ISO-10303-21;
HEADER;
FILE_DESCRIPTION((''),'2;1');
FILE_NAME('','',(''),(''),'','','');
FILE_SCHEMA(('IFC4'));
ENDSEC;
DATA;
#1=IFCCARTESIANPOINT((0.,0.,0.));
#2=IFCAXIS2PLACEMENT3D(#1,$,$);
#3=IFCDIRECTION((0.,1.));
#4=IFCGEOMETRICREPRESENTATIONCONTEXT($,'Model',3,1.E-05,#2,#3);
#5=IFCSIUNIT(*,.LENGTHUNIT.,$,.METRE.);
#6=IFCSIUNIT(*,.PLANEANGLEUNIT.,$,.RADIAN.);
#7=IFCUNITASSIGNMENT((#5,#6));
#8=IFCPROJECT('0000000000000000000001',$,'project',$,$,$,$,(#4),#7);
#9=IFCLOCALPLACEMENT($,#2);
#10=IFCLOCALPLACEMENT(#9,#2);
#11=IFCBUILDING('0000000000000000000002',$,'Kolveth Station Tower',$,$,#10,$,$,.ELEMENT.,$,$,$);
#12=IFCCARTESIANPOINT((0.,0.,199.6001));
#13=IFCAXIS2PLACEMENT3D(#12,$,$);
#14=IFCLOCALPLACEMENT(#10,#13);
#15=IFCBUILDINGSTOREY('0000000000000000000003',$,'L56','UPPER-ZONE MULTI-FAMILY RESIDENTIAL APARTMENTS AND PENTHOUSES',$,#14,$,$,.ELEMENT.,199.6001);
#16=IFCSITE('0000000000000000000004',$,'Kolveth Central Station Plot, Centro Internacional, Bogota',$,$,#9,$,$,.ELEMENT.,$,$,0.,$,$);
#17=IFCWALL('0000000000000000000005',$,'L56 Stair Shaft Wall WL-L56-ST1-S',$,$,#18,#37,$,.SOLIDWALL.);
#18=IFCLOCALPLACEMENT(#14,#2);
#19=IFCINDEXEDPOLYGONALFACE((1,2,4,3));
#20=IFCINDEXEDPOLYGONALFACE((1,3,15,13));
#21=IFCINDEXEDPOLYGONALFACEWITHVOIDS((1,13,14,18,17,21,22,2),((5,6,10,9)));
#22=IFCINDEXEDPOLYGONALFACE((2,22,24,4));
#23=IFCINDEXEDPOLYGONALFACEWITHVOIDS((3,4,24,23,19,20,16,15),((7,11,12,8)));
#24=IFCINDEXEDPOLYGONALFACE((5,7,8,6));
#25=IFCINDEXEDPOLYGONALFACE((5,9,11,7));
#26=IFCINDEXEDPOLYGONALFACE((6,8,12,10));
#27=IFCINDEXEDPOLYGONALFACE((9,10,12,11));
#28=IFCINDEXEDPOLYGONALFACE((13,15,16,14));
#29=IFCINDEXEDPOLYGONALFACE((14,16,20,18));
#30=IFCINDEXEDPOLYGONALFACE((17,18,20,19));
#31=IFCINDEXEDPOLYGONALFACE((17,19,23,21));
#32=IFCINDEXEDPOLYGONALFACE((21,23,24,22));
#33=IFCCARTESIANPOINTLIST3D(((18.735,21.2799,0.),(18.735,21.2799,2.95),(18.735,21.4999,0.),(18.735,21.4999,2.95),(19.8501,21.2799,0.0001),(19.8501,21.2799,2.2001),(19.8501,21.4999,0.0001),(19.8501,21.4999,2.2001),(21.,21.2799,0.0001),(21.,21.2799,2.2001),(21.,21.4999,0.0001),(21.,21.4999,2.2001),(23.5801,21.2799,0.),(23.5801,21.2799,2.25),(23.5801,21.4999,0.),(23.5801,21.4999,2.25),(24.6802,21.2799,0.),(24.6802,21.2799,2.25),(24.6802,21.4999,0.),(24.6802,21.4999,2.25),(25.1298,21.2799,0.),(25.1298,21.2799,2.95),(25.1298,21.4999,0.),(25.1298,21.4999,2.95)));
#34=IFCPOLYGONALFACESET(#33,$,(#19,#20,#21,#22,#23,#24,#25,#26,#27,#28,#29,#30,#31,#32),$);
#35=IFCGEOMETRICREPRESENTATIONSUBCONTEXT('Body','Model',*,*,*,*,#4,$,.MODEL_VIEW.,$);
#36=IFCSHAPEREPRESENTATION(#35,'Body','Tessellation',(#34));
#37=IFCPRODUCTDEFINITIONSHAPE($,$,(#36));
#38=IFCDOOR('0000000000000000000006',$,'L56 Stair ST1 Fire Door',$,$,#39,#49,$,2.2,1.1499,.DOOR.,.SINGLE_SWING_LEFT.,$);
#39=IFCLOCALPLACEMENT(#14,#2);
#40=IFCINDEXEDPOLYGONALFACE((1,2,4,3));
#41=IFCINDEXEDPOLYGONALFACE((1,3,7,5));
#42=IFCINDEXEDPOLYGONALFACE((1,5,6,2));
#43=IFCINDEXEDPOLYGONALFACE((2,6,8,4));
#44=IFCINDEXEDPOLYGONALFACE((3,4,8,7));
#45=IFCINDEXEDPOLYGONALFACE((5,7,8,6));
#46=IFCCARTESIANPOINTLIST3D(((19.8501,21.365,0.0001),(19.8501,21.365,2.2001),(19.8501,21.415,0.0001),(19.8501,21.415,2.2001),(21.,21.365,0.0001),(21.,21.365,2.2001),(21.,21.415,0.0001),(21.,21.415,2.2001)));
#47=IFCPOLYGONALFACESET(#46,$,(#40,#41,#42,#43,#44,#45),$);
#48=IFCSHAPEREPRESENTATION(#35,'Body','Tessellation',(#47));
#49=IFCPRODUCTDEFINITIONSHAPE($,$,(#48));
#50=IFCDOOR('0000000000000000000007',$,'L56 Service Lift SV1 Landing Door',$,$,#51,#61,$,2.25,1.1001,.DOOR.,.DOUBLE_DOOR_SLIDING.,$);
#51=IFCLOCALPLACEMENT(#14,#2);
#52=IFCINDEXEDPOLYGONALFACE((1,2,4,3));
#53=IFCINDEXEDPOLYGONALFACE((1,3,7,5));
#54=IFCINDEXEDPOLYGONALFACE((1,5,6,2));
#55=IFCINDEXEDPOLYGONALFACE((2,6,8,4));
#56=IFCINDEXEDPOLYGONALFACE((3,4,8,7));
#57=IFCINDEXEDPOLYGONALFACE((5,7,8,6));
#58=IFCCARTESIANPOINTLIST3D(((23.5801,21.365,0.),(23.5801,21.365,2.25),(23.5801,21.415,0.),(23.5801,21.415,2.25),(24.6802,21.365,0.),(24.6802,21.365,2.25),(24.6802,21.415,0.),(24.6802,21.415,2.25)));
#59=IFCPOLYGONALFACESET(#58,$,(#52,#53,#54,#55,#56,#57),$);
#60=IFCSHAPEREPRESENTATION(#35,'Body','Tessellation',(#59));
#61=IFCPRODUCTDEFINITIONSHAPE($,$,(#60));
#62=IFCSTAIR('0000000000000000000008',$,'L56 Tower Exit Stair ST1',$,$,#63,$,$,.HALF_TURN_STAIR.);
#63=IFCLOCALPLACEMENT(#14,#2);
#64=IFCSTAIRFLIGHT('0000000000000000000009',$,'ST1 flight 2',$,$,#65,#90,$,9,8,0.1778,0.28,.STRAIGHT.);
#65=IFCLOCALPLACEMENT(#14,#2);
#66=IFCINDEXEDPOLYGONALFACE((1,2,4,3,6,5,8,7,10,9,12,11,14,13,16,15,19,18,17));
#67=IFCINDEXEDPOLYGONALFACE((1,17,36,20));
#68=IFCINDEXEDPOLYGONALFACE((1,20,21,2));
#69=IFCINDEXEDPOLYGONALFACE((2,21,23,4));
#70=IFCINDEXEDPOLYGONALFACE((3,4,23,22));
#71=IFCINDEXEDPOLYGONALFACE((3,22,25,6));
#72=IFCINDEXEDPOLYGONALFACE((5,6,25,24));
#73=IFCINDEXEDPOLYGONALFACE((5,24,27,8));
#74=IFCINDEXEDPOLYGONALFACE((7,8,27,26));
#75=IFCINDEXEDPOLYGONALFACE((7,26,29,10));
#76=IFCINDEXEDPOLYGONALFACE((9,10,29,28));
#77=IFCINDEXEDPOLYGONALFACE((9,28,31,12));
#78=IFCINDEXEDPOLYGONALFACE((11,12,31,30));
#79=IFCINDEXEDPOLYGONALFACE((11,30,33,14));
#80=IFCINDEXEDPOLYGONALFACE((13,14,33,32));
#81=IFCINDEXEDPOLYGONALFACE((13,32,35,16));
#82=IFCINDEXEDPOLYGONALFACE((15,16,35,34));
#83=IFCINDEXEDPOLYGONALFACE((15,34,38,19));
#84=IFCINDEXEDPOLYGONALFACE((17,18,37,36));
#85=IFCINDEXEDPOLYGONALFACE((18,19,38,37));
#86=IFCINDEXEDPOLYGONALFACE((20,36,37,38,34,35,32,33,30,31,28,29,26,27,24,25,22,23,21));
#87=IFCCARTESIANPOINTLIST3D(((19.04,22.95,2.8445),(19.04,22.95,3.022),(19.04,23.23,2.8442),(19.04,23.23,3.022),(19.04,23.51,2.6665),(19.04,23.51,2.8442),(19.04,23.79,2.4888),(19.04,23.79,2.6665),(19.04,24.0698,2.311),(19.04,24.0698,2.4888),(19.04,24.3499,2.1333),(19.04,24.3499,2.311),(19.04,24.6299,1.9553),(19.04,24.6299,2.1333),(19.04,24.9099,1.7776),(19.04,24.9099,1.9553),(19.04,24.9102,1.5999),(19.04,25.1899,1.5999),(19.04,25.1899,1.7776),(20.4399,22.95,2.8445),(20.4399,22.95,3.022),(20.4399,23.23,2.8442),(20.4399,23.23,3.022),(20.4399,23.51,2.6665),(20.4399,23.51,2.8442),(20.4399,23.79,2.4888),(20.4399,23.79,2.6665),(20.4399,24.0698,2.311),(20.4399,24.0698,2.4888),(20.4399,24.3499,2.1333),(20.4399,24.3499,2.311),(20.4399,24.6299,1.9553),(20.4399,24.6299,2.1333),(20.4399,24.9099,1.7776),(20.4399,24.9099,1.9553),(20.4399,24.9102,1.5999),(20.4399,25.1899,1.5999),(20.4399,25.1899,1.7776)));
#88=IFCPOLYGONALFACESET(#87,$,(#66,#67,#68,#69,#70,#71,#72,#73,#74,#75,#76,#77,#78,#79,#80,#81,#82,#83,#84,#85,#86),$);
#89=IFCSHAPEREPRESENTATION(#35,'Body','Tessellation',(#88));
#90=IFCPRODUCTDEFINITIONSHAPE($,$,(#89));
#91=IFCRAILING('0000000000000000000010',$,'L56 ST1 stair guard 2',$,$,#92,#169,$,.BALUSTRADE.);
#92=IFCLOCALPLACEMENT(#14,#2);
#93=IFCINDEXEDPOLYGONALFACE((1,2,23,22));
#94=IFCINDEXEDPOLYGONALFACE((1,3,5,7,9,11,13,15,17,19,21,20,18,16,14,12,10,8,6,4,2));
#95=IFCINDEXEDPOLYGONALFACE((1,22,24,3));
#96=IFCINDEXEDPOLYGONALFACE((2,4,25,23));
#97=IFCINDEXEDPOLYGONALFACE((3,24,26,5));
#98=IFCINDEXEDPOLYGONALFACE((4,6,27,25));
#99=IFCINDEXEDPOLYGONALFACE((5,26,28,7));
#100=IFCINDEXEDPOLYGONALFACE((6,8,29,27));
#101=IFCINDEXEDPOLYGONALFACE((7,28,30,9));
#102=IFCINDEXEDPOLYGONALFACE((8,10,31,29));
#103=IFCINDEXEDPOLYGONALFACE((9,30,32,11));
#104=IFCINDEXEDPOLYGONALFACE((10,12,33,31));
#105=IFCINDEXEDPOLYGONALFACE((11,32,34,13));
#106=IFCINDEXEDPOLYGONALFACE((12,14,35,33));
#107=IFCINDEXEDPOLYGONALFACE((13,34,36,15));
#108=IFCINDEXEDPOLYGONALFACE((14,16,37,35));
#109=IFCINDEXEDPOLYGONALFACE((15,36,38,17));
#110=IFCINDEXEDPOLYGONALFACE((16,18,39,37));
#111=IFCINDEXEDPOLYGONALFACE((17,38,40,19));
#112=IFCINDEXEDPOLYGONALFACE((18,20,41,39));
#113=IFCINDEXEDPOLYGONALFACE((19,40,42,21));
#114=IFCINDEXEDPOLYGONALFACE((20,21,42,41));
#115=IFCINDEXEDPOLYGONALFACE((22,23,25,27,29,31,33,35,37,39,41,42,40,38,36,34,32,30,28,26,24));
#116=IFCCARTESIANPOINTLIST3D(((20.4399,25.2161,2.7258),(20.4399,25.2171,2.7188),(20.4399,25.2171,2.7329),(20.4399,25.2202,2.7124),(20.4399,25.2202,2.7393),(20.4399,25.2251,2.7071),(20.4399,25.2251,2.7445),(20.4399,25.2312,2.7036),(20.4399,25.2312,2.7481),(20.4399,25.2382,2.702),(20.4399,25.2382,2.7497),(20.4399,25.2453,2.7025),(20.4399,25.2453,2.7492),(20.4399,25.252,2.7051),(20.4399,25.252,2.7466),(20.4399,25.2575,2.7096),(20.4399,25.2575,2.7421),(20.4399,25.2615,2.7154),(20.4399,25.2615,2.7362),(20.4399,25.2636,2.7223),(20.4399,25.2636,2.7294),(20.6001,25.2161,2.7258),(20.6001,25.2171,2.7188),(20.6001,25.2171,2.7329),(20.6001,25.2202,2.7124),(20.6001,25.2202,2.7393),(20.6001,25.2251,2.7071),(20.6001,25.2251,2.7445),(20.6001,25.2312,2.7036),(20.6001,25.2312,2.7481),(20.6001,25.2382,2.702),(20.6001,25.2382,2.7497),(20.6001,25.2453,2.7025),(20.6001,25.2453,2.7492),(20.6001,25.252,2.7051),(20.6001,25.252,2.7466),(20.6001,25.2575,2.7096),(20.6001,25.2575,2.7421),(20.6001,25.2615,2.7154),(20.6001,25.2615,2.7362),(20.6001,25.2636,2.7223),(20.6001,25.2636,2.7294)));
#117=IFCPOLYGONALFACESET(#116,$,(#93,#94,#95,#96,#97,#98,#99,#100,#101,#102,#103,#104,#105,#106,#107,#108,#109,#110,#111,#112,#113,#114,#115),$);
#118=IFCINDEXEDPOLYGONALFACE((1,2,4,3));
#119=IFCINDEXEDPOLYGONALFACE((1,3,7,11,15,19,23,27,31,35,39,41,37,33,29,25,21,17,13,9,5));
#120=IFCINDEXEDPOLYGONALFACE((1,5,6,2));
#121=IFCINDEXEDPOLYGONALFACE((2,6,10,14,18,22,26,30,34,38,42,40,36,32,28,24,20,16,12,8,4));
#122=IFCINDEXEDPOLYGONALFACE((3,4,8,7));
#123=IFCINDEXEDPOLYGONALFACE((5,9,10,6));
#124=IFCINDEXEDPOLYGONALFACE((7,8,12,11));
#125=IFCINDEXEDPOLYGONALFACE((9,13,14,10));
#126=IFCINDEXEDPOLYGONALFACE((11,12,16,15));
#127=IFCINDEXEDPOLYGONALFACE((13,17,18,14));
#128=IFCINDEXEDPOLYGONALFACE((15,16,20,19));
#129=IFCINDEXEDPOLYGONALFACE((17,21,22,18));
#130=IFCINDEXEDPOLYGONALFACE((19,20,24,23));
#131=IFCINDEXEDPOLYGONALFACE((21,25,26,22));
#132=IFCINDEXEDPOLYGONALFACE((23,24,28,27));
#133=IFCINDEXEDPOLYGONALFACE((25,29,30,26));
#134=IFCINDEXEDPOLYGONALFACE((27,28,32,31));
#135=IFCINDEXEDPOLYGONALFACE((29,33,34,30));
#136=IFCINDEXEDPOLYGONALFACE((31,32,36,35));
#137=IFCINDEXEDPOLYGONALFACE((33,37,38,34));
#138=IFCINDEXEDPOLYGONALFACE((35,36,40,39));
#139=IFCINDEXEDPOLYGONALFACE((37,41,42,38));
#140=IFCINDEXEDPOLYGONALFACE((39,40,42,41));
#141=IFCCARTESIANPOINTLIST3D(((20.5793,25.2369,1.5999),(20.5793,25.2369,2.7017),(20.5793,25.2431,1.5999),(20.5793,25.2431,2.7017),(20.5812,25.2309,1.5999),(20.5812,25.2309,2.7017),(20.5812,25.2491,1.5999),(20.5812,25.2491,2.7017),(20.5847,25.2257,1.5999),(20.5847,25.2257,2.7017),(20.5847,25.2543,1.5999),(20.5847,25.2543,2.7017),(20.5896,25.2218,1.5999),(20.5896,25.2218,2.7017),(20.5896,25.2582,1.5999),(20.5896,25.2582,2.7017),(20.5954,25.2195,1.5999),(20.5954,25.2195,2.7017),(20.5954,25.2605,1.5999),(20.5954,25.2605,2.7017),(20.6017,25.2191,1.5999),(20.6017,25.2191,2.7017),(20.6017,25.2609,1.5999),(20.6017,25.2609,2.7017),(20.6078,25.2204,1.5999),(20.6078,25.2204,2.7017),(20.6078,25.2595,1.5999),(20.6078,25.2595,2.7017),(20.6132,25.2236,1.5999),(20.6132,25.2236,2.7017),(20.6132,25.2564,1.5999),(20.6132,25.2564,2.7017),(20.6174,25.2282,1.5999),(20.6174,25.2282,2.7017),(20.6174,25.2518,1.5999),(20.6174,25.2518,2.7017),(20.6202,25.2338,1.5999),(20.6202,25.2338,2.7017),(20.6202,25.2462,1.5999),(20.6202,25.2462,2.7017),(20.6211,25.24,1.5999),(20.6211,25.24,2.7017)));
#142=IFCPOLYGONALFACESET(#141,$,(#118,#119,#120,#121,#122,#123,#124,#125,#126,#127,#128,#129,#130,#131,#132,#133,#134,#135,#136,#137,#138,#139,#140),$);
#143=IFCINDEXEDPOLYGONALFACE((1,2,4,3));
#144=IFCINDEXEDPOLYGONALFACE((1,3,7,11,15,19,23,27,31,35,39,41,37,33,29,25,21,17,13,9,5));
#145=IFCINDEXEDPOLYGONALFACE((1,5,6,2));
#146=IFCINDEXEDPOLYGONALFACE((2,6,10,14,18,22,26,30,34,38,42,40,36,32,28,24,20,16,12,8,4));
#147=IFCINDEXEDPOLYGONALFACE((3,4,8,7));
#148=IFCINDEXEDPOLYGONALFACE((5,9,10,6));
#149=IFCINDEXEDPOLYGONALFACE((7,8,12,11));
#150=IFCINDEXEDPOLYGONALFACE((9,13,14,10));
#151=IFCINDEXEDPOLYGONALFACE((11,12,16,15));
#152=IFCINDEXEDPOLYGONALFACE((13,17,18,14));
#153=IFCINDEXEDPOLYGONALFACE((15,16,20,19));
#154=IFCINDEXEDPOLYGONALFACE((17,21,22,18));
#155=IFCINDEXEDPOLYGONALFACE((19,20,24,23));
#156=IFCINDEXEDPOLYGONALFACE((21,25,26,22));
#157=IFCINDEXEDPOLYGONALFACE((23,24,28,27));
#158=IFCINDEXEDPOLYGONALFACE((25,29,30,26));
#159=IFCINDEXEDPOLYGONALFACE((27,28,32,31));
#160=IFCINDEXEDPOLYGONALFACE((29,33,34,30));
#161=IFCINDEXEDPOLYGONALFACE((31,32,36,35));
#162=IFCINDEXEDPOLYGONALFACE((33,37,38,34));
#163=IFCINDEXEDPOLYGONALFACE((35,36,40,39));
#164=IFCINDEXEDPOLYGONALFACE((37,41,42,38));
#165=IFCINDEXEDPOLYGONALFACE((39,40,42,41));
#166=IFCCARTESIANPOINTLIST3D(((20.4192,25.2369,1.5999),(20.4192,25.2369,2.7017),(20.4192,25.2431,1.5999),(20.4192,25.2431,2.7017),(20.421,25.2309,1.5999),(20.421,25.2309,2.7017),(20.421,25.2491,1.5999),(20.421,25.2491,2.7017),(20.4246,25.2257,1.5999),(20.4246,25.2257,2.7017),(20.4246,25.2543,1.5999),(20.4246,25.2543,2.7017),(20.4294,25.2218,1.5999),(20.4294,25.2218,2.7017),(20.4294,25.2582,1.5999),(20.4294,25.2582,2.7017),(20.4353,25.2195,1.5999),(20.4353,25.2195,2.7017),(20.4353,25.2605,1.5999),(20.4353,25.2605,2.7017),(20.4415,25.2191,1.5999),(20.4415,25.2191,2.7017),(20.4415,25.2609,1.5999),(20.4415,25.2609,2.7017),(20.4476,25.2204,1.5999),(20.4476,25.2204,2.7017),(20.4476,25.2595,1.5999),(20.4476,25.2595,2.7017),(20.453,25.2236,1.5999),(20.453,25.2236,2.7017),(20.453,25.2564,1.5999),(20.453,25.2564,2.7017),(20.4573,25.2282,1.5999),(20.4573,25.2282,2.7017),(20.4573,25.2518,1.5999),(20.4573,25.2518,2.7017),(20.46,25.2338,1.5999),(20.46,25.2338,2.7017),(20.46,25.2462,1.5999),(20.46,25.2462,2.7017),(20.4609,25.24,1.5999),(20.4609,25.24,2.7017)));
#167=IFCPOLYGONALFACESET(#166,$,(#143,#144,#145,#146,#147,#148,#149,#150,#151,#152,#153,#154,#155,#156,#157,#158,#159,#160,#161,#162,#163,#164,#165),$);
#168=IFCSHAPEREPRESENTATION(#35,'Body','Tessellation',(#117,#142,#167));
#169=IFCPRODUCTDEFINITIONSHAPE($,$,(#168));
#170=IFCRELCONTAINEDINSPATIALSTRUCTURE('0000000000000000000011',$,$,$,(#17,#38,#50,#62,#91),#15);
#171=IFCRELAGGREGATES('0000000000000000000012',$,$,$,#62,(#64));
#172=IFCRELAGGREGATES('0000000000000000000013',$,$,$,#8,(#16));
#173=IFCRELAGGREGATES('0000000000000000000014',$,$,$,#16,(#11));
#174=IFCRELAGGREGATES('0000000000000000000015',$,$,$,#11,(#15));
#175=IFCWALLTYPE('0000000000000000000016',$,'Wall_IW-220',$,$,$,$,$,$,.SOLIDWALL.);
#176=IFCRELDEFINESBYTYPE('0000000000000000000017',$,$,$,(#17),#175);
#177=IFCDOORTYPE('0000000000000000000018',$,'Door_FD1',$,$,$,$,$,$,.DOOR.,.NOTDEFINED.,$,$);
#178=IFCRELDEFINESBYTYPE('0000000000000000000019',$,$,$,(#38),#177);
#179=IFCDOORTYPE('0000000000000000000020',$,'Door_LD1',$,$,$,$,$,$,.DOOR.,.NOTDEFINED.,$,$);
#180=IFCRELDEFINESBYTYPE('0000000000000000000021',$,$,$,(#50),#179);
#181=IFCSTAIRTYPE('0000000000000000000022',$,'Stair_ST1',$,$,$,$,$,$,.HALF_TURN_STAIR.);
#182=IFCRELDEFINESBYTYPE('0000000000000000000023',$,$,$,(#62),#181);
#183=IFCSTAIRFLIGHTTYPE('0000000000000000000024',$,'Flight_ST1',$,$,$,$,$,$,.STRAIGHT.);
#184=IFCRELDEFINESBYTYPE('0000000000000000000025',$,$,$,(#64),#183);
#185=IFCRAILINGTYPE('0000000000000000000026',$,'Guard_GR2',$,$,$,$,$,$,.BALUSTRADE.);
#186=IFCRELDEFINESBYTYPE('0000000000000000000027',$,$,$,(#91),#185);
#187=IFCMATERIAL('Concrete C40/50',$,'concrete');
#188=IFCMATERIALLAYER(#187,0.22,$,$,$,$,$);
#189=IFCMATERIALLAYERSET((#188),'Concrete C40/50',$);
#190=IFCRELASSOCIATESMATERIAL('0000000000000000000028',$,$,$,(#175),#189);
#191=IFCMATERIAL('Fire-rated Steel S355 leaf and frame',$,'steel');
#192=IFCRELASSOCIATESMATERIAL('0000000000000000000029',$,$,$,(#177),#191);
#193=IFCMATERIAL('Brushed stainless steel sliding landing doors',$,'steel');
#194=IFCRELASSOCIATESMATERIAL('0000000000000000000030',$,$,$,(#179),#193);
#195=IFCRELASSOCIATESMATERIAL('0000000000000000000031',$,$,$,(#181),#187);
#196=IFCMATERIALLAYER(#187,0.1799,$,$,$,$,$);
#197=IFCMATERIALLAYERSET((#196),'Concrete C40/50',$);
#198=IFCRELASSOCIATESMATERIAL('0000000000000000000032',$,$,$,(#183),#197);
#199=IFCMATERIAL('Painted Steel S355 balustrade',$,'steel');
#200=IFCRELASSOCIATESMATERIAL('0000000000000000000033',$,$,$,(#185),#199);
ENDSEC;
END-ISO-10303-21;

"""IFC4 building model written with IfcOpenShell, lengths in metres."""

from ifc_helpers import new_model, si_unit, direction, frame, frame_2d, origin, origin_2d, place, context, subcontext, project, spatial, polyline, rectangle, circle, outline, extrude, material, layer, layer_set, type_object, element, fill, aggregate, save


model = new_model("IFC4")

# Units and contexts
model_context = context("Model", 3, precision=1e-05, world=origin(), true_north=direction((0.0, 1.0)))
body_context = subcontext(model_context, "Body", "Model", "MODEL_VIEW")
ifc_project = project(units=[si_unit("LENGTHUNIT", "METRE"), si_unit("PLANEANGLEUNIT", "RADIAN")], contexts=[model_context])

# Site, building, storey
site_placement = place(None, origin())
site = spatial("IfcSite", under=ifc_project, at=site_placement, Name="Kolveth Central Station Plot, Centro Internacional, Bogota", CompositionType="ELEMENT", RefElevation=0.0)
building_placement = place(site_placement, origin())
building = spatial("IfcBuilding", under=site, at=building_placement, Name="Kolveth Station Tower", CompositionType="ELEMENT")
storey_placement = place(building_placement, frame((0.0, 0.0, 199.6001)))
storey = spatial("IfcBuildingStorey", under=building, at=storey_placement, Name="L56", Description="UPPER-ZONE MULTI-FAMILY RESIDENTIAL APARTMENTS AND PENTHOUSES", CompositionType="ELEMENT", Elevation=199.6001)

# Shared definitions
ifc_material_1 = material(Name="Concrete C40/50", Category="concrete")
ifc_layer_1 = layer(ifc_material_1, 0.22)
ifc_layer_set_1 = layer_set([ifc_layer_1], Name="Concrete C40/50")
wall_type_1 = type_object("IfcWallType", Name="Wall_IW-220", PredefinedType="SOLIDWALL", material=ifc_layer_set_1)

# Wall, openings, doors
wall_1_placement = place(storey_placement, frame((18.7351, 21.3899, 0.0), z_axis=(0.0, 0.0, 1.0), x_axis=(1.0, 0.0, 0.0)))
wall_1 = element("IfcWall", 1, at=wall_1_placement, inside=storey, type_object=wall_type_1, Name="L56 Stair Shaft Wall WL-L56-ST1-S", PredefinedType="SOLIDWALL", context=body_context, shape_type="SweptSolid", body=[
    extrude(rectangle(XDim=6.3948, YDim=0.22, at=frame_2d((3.1973, 0.0))), origin(), (0.0, 0.0, 1.0), 2.95),
])
opening_1_placement = place(wall_1_placement, frame((1.115, 0.0, 0.0)))
opening_1 = element("IfcOpeningElement", 2, at=opening_1_placement, cuts=wall_1, PredefinedType="OPENING", context=body_context, shape_type="SweptSolid", body=[
    extrude(rectangle(XDim=1.1499, YDim=2.2, at=frame_2d((0.575, 1.1001))), frame((0.0, 0.1199, 0.0), z_axis=(0.0, -1.0, 0.0), x_axis=(1.0, 0.0, 0.0)), (0.0, 0.0, 1.0), 0.24),
])
opening_2_placement = place(wall_1_placement, frame((4.845, 0.0, 0.0)))
opening_2 = element("IfcOpeningElement", 3, at=opening_2_placement, cuts=wall_1, PredefinedType="OPENING", context=body_context, shape_type="SweptSolid", body=[
    extrude(rectangle(XDim=1.1001, YDim=2.25, at=frame_2d((0.55, 1.125))), frame((0.0, 0.1199, 0.0), z_axis=(0.0, -1.0, 0.0), x_axis=(1.0, 0.0, 0.0)), (0.0, 0.0, 1.0), 0.24),
])
ifc_material_2 = material(Name="Fire-rated Steel S355 leaf and frame", Category="steel")
door_type_1 = type_object("IfcDoorType", Name="Door_FD1", OperationType="NOTDEFINED", PredefinedType="DOOR", material=ifc_material_2)
door_1_placement = place(opening_1_placement, frame((1.1499, 0.0, 0.0), z_axis=(0.0, 0.0, 1.0), x_axis=(-1.0, 0.0, 0.0)))
door_1 = element("IfcDoor", 4, at=door_1_placement, inside=storey, type_object=door_type_1, Name="L56 Stair ST1 Fire Door", OperationType="SINGLE_SWING_LEFT", OverallHeight=2.2, OverallWidth=1.1499, PredefinedType="DOOR", context=body_context, shape_type="SweptSolid", body=[
    extrude(rectangle(XDim=1.1499, YDim=2.2, at=frame_2d((0.575, 1.1001))), frame((0.0, 0.0249, 0.0), z_axis=(0.0, -1.0, 0.0), x_axis=(1.0, 0.0, 0.0)), (0.0, 0.0, 1.0), 0.05),
])
fill(opening_1, door_1)
ifc_material_3 = material(Name="Brushed stainless steel sliding landing doors", Category="steel")
door_type_2 = type_object("IfcDoorType", Name="Door_LD1", OperationType="NOTDEFINED", PredefinedType="DOOR", material=ifc_material_3)
door_2_placement = place(opening_2_placement, frame((1.1001, 0.0, 0.0), z_axis=(0.0, 0.0, 1.0), x_axis=(-1.0, 0.0, 0.0)))
door_2 = element("IfcDoor", 5, at=door_2_placement, inside=storey, type_object=door_type_2, Name="L56 Service Lift SV1 Landing Door", OperationType="DOUBLE_DOOR_SLIDING", OverallHeight=2.25, OverallWidth=1.1001, PredefinedType="DOOR", context=body_context, shape_type="SweptSolid", body=[
    extrude(rectangle(XDim=1.1001, YDim=2.25, at=frame_2d((0.55, 1.125))), frame((0.0, 0.0249, 0.0), z_axis=(0.0, -1.0, 0.0), x_axis=(1.0, 0.0, 0.0)), (0.0, 0.0, 1.0), 0.05),
])
fill(opening_2, door_2)

# Stair, stair flight
stair_type = type_object("IfcStairType", Name="Stair_ST1", PredefinedType="HALF_TURN_STAIR", material=ifc_material_1)
stair_placement = place(storey_placement, origin())
stair = element("IfcStair", 6, at=stair_placement, inside=storey, type_object=stair_type, Name="L56 Tower Exit Stair ST1", PredefinedType="HALF_TURN_STAIR")
ifc_layer_2 = layer(ifc_material_1, 0.1799)
ifc_layer_set_2 = layer_set([ifc_layer_2], Name="Concrete C40/50")
stair_flight_type = type_object("IfcStairFlightType", Name="Flight_ST1", PredefinedType="STRAIGHT", material=ifc_layer_set_2)
stair_flight_placement = place(storey_placement, frame((19.74, 25.1899, 1.5999), z_axis=(0.0, 0.0, 1.0), x_axis=(0.0, -1.0, 0.0)))
stair_flight = element("IfcStairFlight", 7, at=stair_flight_placement, type_object=stair_flight_type, Name="ST1 flight 2", NumberOfRisers=9, NumberOfTreads=8, PredefinedType="STRAIGHT", RiserHeight=0.1778, TreadLength=0.28, context=body_context, shape_type="SweptSolid", body=[
    extrude(outline(polyline([(0.0, 0.0), (0.0, 0.1777), (0.28, 0.1777), (0.28, 0.3555), (0.5601, 0.3555), (0.5601, 0.5334), (0.8401, 0.5334), (0.8401, 0.7112), (1.1201, 0.7112), (1.1201, 0.8889), (1.3999, 0.8889), (1.3999, 1.0667), (1.6799, 1.0667), (1.6799, 1.2444), (1.96, 1.2444), (1.96, 1.4221), (2.24, 1.4221), (2.24, 1.6001), (2.24, 1.2446), (0.2798, 0.0), (0.0, 0.0)])), frame((0.0, 0.7, 0.0), z_axis=(0.0, -1.0, 0.0), x_axis=(1.0, 0.0, 0.0)), (0.0, 0.0, 1.0), 1.3999),
])
aggregate(stair, [stair_flight])

# Railing
ifc_material_4 = material(Name="Painted Steel S355 balustrade", Category="steel")
railing_type_1 = type_object("IfcRailingType", Name="Guard_GR2", PredefinedType="BALUSTRADE", material=ifc_material_4)
railing_1_placement = place(storey_placement, frame((20.6001, 25.24, 1.5999)))
element("IfcRailing", 8, at=railing_1_placement, inside=storey, type_object=railing_type_1, Name="L56 ST1 stair guard 2", PredefinedType="BALUSTRADE", context=body_context, shape_type="SweptSolid", body=[
    extrude(circle(Radius=0.0239, at=origin_2d()), frame((0.0, 0.0, 1.126), z_axis=(-1.0, 0.0, 0.0), x_axis=(0.0, -1.0, 0.0)), (0.0, 0.0, 1.0), 0.1602),
    extrude(circle(Radius=0.021, at=origin_2d()), origin(), (0.0, 0.0, 1.0), 1.1018),
    extrude(circle(Radius=0.021, at=origin_2d()), frame((-0.1602, 0.0, 0.0)), (0.0, 0.0, 1.0), 1.1018),
])

save(model, "model.ifc")
